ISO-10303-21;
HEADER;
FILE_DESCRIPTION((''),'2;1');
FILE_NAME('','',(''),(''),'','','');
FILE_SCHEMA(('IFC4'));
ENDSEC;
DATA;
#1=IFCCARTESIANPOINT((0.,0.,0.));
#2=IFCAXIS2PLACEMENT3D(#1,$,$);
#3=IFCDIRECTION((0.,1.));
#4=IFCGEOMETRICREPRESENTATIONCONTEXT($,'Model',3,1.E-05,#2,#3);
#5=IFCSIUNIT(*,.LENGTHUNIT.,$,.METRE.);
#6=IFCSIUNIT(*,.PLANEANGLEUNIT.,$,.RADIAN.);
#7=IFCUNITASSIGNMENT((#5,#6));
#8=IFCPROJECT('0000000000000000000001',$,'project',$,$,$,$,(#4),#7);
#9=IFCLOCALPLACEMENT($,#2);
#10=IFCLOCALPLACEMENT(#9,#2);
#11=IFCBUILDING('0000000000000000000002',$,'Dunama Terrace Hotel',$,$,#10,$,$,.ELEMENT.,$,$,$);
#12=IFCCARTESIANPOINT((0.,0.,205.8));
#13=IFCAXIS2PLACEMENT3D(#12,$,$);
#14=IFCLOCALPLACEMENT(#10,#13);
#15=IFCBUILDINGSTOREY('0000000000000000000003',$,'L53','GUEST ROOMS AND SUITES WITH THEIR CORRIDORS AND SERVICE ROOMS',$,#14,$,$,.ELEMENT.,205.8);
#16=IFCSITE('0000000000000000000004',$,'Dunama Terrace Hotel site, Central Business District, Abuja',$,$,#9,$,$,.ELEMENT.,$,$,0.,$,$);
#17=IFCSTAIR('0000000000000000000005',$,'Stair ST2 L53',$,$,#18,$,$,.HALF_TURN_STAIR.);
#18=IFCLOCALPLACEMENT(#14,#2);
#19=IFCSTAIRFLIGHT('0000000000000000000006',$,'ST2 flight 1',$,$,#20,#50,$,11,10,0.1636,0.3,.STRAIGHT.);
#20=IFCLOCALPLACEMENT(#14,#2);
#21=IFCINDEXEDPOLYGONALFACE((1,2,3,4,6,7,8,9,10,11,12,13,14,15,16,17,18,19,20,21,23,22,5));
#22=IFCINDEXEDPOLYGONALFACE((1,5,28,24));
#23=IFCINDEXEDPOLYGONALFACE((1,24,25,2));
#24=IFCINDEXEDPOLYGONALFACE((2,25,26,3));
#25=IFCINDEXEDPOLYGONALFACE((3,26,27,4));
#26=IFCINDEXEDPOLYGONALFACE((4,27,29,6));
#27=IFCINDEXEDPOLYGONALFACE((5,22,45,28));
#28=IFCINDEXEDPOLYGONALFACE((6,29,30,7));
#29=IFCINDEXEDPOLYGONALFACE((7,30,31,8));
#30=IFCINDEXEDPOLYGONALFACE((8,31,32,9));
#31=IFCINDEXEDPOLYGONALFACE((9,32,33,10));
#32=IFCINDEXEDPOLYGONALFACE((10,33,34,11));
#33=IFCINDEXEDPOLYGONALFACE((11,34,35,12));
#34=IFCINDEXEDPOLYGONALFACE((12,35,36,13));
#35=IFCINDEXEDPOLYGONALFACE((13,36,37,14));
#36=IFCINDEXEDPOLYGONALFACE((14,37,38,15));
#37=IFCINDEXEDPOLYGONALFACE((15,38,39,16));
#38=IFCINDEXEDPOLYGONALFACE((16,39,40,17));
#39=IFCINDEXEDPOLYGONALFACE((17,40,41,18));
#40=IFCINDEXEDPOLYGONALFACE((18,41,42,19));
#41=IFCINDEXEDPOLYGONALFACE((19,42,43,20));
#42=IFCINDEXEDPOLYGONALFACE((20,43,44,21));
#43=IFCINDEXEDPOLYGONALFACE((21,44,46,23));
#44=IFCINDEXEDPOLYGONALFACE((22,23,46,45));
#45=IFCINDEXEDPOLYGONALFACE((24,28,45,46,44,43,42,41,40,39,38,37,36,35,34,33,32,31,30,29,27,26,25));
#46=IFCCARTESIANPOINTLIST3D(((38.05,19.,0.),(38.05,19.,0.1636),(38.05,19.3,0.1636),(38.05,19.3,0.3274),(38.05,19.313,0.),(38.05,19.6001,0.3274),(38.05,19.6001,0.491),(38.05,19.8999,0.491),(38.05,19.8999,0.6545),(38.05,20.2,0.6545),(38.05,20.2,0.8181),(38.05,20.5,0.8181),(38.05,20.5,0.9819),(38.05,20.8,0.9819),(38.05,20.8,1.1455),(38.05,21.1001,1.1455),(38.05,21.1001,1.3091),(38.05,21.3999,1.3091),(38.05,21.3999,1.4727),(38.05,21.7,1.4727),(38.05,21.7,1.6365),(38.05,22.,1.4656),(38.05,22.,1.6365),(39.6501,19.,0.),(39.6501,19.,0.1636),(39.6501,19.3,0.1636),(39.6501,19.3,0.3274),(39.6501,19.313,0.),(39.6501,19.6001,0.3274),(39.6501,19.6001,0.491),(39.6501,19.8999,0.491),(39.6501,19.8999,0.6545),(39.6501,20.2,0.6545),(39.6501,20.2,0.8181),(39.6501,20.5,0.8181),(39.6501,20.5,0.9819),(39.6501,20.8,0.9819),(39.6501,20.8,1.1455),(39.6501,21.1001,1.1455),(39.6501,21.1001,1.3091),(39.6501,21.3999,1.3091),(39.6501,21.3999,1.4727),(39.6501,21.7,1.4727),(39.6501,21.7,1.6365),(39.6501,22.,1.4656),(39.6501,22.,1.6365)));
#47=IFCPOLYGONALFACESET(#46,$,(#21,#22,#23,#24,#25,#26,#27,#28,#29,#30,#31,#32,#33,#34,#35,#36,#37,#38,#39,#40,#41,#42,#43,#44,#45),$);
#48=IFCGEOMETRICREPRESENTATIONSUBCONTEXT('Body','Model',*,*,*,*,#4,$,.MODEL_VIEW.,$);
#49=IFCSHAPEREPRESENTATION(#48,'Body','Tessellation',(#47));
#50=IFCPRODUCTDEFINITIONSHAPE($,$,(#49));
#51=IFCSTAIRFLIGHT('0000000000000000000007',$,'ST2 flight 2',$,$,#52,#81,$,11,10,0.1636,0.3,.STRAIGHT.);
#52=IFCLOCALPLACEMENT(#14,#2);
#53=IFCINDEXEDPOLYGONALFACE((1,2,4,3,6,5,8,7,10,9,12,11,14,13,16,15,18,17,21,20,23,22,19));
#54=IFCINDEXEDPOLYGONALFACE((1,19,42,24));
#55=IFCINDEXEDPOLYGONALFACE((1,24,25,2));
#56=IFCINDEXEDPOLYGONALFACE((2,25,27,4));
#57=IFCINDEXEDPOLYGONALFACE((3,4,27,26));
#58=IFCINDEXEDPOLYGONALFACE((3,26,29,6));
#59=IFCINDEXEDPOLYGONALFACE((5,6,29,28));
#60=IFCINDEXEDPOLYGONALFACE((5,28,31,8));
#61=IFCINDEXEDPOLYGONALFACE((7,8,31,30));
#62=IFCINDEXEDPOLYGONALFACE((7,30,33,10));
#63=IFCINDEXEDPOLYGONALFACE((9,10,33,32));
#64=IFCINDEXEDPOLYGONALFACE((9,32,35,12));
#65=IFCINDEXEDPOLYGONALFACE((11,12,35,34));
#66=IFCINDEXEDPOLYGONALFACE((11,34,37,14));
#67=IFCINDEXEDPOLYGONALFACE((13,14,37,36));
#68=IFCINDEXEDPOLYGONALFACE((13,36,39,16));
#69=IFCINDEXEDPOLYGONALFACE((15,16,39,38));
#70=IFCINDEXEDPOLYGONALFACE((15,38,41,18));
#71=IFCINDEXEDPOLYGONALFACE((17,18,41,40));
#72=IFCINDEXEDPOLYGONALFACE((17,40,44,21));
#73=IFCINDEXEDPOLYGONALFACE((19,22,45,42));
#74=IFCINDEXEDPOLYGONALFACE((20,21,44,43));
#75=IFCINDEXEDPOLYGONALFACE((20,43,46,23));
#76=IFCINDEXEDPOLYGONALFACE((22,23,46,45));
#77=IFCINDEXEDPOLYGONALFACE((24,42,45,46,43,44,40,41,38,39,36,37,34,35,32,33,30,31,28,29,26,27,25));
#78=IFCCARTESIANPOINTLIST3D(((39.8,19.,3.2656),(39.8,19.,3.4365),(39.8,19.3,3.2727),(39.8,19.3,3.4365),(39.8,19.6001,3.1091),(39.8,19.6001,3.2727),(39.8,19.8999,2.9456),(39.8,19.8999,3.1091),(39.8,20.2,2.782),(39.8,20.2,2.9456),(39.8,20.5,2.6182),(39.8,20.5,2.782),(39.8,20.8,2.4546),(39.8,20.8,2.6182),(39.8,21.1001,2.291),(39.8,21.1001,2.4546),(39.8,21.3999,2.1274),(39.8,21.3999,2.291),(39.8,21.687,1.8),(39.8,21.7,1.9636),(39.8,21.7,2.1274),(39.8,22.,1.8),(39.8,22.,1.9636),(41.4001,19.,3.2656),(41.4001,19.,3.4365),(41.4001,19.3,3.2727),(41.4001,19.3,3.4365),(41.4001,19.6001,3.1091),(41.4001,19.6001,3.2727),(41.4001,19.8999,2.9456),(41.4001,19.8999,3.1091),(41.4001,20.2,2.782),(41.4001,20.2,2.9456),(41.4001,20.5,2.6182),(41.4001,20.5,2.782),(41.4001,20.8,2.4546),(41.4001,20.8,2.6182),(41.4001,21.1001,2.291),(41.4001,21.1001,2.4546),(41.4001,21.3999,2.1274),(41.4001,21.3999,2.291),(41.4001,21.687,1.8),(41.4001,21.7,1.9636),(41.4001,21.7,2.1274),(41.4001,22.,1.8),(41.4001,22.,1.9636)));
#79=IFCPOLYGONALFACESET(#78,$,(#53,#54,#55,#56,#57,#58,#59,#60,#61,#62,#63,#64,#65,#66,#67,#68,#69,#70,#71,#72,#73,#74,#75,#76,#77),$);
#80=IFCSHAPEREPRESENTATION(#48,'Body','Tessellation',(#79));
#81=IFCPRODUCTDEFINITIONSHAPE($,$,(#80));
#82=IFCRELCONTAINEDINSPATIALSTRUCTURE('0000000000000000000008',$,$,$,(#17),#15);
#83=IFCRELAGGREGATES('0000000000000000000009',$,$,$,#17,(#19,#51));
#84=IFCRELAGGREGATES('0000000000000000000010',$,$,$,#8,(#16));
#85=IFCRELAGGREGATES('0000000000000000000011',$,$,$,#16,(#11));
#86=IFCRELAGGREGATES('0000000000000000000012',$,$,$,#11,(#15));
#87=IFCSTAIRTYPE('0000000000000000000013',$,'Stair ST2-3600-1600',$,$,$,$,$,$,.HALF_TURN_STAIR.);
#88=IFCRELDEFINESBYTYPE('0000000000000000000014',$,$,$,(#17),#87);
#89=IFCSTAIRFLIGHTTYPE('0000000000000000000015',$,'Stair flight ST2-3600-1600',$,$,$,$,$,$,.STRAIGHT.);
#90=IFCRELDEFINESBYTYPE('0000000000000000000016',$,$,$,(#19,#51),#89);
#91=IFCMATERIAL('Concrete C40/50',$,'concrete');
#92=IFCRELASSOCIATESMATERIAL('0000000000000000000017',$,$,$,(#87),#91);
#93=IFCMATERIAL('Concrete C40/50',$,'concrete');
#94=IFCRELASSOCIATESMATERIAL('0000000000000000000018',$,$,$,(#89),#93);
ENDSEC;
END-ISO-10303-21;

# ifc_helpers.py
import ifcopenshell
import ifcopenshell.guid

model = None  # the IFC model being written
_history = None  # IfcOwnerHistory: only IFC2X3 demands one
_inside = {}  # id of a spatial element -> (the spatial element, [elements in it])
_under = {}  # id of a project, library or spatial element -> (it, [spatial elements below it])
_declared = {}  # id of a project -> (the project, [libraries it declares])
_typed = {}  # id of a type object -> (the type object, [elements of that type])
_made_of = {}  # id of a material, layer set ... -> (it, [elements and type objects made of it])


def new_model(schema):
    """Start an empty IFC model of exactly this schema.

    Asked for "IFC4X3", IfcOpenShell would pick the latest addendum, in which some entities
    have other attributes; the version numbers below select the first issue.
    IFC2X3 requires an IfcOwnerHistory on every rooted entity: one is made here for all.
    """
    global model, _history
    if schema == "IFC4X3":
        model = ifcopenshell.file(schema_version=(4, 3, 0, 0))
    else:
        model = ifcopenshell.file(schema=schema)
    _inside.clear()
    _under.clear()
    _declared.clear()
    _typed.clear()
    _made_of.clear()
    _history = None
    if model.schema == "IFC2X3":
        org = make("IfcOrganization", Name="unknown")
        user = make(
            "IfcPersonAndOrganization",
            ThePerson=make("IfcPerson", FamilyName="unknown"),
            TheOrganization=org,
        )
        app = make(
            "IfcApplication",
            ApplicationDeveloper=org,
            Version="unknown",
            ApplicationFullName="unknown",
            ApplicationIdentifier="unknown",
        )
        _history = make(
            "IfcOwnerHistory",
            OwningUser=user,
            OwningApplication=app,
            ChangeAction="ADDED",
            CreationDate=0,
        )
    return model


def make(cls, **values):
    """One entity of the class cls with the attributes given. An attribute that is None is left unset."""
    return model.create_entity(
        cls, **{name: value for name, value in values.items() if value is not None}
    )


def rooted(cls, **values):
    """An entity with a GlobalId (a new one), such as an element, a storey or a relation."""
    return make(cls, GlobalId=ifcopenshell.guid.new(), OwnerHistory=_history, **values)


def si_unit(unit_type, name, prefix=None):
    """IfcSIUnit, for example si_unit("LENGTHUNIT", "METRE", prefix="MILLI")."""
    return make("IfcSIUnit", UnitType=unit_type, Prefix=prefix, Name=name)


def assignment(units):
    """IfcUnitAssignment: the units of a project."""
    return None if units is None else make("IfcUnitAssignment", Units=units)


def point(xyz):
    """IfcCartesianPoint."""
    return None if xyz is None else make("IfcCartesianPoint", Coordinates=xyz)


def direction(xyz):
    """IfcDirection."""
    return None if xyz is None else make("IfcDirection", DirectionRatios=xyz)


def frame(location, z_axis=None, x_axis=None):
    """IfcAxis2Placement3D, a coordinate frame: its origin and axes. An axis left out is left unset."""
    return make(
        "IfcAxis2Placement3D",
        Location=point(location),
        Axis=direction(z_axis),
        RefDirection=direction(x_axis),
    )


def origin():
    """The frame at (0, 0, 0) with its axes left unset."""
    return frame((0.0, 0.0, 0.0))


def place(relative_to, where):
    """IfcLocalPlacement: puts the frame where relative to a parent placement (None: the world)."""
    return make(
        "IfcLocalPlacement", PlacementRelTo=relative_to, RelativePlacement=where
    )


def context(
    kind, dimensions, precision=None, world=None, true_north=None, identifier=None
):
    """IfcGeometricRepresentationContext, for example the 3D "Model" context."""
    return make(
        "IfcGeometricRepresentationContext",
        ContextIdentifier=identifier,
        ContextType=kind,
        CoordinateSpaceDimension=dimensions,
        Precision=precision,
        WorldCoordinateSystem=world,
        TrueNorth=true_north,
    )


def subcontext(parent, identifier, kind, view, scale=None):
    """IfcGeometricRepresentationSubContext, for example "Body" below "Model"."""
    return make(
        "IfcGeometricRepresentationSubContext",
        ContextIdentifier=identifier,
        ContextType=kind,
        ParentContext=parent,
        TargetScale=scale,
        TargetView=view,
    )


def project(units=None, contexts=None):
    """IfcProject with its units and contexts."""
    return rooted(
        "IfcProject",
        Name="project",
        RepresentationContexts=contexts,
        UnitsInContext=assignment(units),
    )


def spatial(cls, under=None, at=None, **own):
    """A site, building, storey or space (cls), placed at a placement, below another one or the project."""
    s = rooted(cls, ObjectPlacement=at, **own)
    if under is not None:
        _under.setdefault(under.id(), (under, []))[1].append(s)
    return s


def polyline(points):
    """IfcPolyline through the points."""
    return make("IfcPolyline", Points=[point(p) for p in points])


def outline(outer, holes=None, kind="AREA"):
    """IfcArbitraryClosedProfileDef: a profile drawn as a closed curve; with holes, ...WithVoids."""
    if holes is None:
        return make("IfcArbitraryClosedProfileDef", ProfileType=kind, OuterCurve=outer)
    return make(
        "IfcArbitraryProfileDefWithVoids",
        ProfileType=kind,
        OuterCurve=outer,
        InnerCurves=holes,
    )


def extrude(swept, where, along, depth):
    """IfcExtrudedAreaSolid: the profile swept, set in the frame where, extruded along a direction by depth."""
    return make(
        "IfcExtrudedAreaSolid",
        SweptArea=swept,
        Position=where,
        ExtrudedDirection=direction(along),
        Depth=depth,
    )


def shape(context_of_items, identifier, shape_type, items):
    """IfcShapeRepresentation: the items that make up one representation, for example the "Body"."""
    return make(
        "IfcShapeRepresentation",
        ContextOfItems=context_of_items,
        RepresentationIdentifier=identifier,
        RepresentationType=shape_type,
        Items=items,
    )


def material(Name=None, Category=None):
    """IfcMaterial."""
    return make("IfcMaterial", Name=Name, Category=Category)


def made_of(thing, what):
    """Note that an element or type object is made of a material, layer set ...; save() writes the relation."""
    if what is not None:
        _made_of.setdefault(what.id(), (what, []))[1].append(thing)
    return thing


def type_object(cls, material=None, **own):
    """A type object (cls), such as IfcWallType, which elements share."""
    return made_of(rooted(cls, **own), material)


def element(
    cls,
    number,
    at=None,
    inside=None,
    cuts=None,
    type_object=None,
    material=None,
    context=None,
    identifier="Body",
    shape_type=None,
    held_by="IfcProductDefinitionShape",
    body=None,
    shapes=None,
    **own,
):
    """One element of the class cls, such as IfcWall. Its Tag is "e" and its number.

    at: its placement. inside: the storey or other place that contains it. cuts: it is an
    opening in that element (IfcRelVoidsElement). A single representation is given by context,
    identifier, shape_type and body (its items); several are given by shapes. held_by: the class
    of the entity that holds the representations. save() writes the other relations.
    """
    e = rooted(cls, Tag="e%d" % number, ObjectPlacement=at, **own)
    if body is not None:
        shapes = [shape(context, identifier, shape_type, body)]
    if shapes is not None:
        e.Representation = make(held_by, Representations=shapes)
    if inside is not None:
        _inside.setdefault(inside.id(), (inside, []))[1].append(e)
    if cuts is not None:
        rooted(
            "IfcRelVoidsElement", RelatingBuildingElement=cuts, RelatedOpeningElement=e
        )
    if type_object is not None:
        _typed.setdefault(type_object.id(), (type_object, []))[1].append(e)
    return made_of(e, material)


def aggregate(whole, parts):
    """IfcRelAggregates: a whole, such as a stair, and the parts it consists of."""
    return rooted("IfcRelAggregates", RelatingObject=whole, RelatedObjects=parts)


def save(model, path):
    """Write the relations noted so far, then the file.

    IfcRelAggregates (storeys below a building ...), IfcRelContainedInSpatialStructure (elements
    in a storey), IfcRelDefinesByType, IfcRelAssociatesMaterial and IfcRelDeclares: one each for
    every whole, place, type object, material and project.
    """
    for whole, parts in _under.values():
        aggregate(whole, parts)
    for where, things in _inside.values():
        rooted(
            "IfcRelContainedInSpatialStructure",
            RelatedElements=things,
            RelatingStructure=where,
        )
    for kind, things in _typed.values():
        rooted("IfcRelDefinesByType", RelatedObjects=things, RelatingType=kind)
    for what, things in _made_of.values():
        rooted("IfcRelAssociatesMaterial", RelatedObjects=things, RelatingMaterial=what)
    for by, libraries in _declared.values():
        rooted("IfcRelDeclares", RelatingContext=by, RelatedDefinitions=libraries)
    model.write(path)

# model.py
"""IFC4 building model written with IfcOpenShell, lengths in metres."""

from ifc_helpers import new_model, si_unit, direction, frame, origin, place, context, subcontext, project, spatial, polyline, outline, extrude, material, type_object, element, aggregate, save


model = new_model("IFC4")

# Units and contexts
model_context = context("Model", 3, precision=1e-05, world=origin(), true_north=direction((0.0, 1.0)))
body_context = subcontext(model_context, "Body", "Model", "MODEL_VIEW")
ifc_project = project(units=[si_unit("LENGTHUNIT", "METRE"), si_unit("PLANEANGLEUNIT", "RADIAN")], contexts=[model_context])

# Site, building, storey
site_placement = place(None, origin())
site = spatial("IfcSite", under=ifc_project, at=site_placement, Name="Dunama Terrace Hotel site, Central Business District, Abuja", CompositionType="ELEMENT", RefElevation=0.0)
building_placement = place(site_placement, origin())
building = spatial("IfcBuilding", under=site, at=building_placement, Name="Dunama Terrace Hotel", CompositionType="ELEMENT")
storey_placement = place(building_placement, frame((0.0, 0.0, 205.8)))
storey = spatial("IfcBuildingStorey", under=building, at=storey_placement, Name="L53", Description="GUEST ROOMS AND SUITES WITH THEIR CORRIDORS AND SERVICE ROOMS", CompositionType="ELEMENT", Elevation=205.8)

# Stair, stair flights
ifc_material_1 = material(Name="Concrete C40/50", Category="concrete")
stair_type = type_object("IfcStairType", Name="Stair ST2-3600-1600", PredefinedType="HALF_TURN_STAIR", material=ifc_material_1)
stair_placement = place(storey_placement, origin())
stair = element("IfcStair", 1, at=stair_placement, inside=storey, type_object=stair_type, Name="Stair ST2 L53", PredefinedType="HALF_TURN_STAIR")
ifc_material_2 = material(Name="Concrete C40/50", Category="concrete")
stair_flight_type = type_object("IfcStairFlightType", Name="Stair flight ST2-3600-1600", PredefinedType="STRAIGHT", material=ifc_material_2)
stair_flight_1_placement = place(storey_placement, frame((38.8501, 19.0, 0.0), z_axis=(0.0, 0.0, 1.0), x_axis=(0.0, 1.0, 0.0)))
stair_flight_1 = element("IfcStairFlight", 2, at=stair_flight_1_placement, type_object=stair_flight_type, Name="ST2 flight 1", NumberOfRisers=11, NumberOfTreads=10, PredefinedType="STRAIGHT", RiserHeight=0.1636, TreadLength=0.3, context=body_context, shape_type="SweptSolid", body=[
    extrude(outline(polyline([(0.0, 0.0), (0.0, 0.1636), (0.3, 0.1636), (0.3, 0.3274), (0.6001, 0.3274), (0.6001, 0.491), (0.8999, 0.491), (0.8999, 0.6545), (1.2, 0.6545), (1.2, 0.8181), (1.5, 0.8181), (1.5, 0.9819), (1.8, 0.9819), (1.8, 1.1455), (2.1001, 1.1455), (2.1001, 1.3091), (2.3999, 1.3091), (2.3999, 1.4727), (2.7, 1.4727), (2.7, 1.6365), (3.0, 1.6365), (3.0, 1.8), (3.0, 1.4656), (0.313, 0.0), (0.0, 0.0)])), frame((0.0, 0.8, 0.0), z_axis=(0.0, -1.0, 0.0), x_axis=(1.0, 0.0, 0.0)), (0.0, 0.0, 1.0), 1.6001),
])
stair_flight_2_placement = place(storey_placement, frame((40.6001, 22.0, 1.8), z_axis=(0.0, 0.0, 1.0), x_axis=(0.0, -1.0, 0.0)))
stair_flight_2 = element("IfcStairFlight", 3, at=stair_flight_2_placement, type_object=stair_flight_type, Name="ST2 flight 2", NumberOfRisers=11, NumberOfTreads=10, PredefinedType="STRAIGHT", RiserHeight=0.1636, TreadLength=0.3, context=body_context, shape_type="SweptSolid", body=[
    extrude(outline(polyline([(0.0, 0.0), (0.0, 0.1636), (0.3, 0.1636), (0.3, 0.3274), (0.6001, 0.3274), (0.6001, 0.491), (0.8999, 0.491), (0.8999, 0.6545), (1.2, 0.6545), (1.2, 0.8181), (1.5, 0.8181), (1.5, 0.9819), (1.8, 0.9819), (1.8, 1.1455), (2.1001, 1.1455), (2.1001, 1.3091), (2.3999, 1.3091), (2.3999, 1.4727), (2.7, 1.4727), (2.7, 1.6365), (3.0, 1.6365), (3.0, 1.8), (3.0, 1.4656), (0.313, 0.0), (0.0, 0.0)])), frame((0.0, 0.8, 0.0), z_axis=(0.0, -1.0, 0.0), x_axis=(1.0, 0.0, 0.0)), (0.0, 0.0, 1.0), 1.6001),
])
aggregate(stair, [stair_flight_1, stair_flight_2])

save(model, "model.ifc")
